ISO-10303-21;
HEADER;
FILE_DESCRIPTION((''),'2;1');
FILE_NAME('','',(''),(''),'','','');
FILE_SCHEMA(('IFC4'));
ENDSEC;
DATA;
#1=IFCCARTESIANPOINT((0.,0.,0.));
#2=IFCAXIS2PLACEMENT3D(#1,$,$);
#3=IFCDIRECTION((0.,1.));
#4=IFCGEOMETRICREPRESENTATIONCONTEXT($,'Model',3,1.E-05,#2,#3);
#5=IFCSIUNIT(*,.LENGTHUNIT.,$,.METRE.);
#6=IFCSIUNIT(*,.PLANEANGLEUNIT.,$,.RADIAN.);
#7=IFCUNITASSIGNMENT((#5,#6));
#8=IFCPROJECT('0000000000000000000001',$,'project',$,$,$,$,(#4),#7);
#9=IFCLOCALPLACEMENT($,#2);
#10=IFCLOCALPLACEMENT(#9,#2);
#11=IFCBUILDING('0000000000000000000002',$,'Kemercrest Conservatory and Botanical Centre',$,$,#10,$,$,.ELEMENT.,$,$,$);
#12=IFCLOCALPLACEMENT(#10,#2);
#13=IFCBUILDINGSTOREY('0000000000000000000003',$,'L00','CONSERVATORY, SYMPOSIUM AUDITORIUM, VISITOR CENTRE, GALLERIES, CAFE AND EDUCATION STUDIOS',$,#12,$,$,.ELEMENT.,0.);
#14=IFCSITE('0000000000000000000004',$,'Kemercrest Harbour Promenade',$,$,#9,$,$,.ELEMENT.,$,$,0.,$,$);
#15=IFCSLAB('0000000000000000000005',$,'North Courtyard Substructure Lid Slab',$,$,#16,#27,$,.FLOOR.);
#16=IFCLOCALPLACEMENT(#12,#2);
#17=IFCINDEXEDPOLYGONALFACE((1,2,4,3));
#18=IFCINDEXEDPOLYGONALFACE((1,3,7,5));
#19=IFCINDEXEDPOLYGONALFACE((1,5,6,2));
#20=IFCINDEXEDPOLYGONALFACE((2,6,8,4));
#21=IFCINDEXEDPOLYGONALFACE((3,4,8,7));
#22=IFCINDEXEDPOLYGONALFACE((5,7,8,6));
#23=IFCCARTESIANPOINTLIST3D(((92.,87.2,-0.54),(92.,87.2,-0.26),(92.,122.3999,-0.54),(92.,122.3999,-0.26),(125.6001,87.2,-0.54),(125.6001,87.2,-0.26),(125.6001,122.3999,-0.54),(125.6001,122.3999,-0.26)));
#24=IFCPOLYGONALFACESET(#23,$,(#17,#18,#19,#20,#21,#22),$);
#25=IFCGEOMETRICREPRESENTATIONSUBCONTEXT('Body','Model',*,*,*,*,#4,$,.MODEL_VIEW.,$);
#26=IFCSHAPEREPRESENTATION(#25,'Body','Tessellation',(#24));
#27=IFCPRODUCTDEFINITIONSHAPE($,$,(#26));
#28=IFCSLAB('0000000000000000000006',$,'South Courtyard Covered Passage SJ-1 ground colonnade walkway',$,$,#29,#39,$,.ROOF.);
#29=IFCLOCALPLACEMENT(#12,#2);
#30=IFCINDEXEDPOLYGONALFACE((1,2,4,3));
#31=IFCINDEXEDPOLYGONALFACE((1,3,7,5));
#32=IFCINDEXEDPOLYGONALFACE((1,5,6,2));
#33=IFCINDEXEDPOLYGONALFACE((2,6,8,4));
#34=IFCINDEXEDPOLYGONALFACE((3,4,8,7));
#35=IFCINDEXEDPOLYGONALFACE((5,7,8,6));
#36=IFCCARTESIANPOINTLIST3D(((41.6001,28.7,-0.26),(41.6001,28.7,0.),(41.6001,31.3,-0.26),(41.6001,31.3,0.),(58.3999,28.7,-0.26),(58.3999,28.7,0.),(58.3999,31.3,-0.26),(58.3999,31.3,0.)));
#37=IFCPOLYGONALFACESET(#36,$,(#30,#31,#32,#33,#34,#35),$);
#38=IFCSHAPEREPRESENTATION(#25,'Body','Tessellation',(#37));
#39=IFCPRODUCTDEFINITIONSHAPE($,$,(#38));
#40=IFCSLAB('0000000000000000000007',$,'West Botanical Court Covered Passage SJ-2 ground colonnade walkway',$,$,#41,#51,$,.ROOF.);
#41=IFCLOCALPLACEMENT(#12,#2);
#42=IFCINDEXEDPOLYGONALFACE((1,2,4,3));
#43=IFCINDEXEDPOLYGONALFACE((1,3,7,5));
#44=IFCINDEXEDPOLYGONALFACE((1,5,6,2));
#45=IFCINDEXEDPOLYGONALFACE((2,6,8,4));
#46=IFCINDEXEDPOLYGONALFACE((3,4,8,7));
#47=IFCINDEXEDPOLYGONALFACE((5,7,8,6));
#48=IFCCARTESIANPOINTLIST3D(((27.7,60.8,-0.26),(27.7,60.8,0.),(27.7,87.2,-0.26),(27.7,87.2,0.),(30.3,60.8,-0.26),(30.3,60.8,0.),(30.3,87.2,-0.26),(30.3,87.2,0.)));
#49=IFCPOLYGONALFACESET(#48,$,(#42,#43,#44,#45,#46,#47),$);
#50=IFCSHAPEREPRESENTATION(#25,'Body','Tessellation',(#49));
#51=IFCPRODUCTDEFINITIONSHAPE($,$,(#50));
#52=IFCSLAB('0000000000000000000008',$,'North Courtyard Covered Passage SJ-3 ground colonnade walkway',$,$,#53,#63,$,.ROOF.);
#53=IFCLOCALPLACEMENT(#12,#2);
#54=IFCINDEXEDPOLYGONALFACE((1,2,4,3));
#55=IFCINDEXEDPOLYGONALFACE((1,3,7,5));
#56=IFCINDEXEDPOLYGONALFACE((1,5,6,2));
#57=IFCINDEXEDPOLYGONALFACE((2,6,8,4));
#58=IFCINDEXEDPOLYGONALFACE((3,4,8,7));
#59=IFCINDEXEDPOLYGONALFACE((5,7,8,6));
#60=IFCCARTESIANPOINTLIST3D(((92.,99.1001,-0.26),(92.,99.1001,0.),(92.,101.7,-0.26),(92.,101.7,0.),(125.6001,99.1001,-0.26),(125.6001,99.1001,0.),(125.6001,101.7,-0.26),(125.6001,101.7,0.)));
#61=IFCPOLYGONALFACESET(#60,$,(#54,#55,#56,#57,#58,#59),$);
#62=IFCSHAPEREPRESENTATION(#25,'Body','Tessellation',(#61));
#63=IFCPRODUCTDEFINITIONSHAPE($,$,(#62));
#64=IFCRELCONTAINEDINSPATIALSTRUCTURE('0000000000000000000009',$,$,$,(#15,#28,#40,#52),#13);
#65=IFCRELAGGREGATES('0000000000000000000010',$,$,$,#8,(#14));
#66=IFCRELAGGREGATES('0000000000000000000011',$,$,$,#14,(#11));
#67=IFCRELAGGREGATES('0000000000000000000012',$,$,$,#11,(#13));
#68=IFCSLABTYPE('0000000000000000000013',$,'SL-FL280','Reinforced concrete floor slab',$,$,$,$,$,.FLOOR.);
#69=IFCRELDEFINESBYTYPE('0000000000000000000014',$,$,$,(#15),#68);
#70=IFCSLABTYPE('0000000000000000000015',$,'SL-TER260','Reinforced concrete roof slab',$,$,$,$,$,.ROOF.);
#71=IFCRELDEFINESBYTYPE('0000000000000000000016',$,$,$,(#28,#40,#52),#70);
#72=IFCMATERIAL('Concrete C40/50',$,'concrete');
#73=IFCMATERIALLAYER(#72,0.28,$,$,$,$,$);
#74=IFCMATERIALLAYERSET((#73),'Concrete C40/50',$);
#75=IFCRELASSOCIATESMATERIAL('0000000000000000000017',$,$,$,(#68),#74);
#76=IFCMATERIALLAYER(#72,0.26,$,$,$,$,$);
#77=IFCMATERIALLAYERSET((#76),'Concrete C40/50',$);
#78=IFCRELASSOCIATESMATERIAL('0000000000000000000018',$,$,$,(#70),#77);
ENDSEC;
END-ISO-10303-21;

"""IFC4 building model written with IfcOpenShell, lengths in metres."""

from ifc_helpers import new_model, si_unit, direction, frame, origin, place, context, subcontext, project, spatial, polyline, outline, extrude, material, layer, layer_set, type_object, element, save


model = new_model("IFC4")

# Units and contexts
model_context = context("Model", 3, precision=1e-05, world=origin(), true_north=direction((0.0, 1.0)))
body_context = subcontext(model_context, "Body", "Model", "MODEL_VIEW")
ifc_project = project(units=[si_unit("LENGTHUNIT", "METRE"), si_unit("PLANEANGLEUNIT", "RADIAN")], contexts=[model_context])

# Site, building, storey
site_placement = place(None, origin())
site = spatial("IfcSite", under=ifc_project, at=site_placement, Name="Kemercrest Harbour Promenade", CompositionType="ELEMENT", RefElevation=0.0)
building_placement = place(site_placement, origin())
building = spatial("IfcBuilding", under=site, at=building_placement, Name="Kemercrest Conservatory and Botanical Centre", CompositionType="ELEMENT")
storey_placement = place(building_placement, origin())
storey = spatial("IfcBuildingStorey", under=building, at=storey_placement, Name="L00", Description="CONSERVATORY, SYMPOSIUM AUDITORIUM, VISITOR CENTRE, GALLERIES, CAFE AND EDUCATION STUDIOS", CompositionType="ELEMENT", Elevation=0.0)

# Slabs
ifc_material_1 = material(Name="Concrete C40/50", Category="concrete")
ifc_layer_1 = layer(ifc_material_1, 0.28)
ifc_layer_set_1 = layer_set([ifc_layer_1], Name="Concrete C40/50")
slab_type_1 = type_object("IfcSlabType", Name="SL-FL280", Description="Reinforced concrete floor slab", PredefinedType="FLOOR", material=ifc_layer_set_1)
slab_1_placement = place(storey_placement, frame((0.0, 0.0, -0.54)))
element("IfcSlab", 1, at=slab_1_placement, inside=storey, type_object=slab_type_1, Name="North Courtyard Substructure Lid Slab", PredefinedType="FLOOR", context=body_context, shape_type="SweptSolid", body=[
    extrude(outline(polyline([(92.0, 87.2), (125.6001, 87.2), (125.6001, 122.3999), (92.0, 122.3999), (92.0, 87.2)])), origin(), (0.0, 0.0, 1.0), 0.28),
])
ifc_layer_2 = layer(ifc_material_1, 0.26)
ifc_layer_set_2 = layer_set([ifc_layer_2], Name="Concrete C40/50")
slab_type_2 = type_object("IfcSlabType", Name="SL-TER260", Description="Reinforced concrete roof slab", PredefinedType="ROOF", material=ifc_layer_set_2)
slab_2_placement = place(storey_placement, frame((0.0, 0.0, -0.26)))
element("IfcSlab", 2, at=slab_2_placement, inside=storey, type_object=slab_type_2, Name="South Courtyard Covered Passage SJ-1 ground colonnade walkway", PredefinedType="ROOF", context=body_context, shape_type="SweptSolid", body=[
    extrude(outline(polyline([(41.6001, 28.7), (58.3999, 28.7), (58.3999, 31.3), (41.6001, 31.3), (41.6001, 28.7)])), origin(), (0.0, 0.0, 1.0), 0.26),
])
slab_3_placement = place(storey_placement, frame((0.0, 0.0, -0.26)))
element("IfcSlab", 3, at=slab_3_placement, inside=storey, type_object=slab_type_2, Name="West Botanical Court Covered Passage SJ-2 ground colonnade walkway", PredefinedType="ROOF", context=body_context, shape_type="SweptSolid", body=[
    extrude(outline(polyline([(27.7, 60.8), (30.3, 60.8), (30.3, 87.2), (27.7, 87.2), (27.7, 60.8)])), origin(), (0.0, 0.0, 1.0), 0.26),
])
slab_4_placement = place(storey_placement, frame((0.0, 0.0, -0.26)))
element("IfcSlab", 4, at=slab_4_placement, inside=storey, type_object=slab_type_2, Name="North Courtyard Covered Passage SJ-3 ground colonnade walkway", PredefinedType="ROOF", context=body_context, shape_type="SweptSolid", body=[
    extrude(outline(polyline([(92.0, 99.1001), (125.6001, 99.1001), (125.6001, 101.7), (92.0, 101.7), (92.0, 99.1001)])), origin(), (0.0, 0.0, 1.0), 0.26),
])

save(model, "model.ifc")
